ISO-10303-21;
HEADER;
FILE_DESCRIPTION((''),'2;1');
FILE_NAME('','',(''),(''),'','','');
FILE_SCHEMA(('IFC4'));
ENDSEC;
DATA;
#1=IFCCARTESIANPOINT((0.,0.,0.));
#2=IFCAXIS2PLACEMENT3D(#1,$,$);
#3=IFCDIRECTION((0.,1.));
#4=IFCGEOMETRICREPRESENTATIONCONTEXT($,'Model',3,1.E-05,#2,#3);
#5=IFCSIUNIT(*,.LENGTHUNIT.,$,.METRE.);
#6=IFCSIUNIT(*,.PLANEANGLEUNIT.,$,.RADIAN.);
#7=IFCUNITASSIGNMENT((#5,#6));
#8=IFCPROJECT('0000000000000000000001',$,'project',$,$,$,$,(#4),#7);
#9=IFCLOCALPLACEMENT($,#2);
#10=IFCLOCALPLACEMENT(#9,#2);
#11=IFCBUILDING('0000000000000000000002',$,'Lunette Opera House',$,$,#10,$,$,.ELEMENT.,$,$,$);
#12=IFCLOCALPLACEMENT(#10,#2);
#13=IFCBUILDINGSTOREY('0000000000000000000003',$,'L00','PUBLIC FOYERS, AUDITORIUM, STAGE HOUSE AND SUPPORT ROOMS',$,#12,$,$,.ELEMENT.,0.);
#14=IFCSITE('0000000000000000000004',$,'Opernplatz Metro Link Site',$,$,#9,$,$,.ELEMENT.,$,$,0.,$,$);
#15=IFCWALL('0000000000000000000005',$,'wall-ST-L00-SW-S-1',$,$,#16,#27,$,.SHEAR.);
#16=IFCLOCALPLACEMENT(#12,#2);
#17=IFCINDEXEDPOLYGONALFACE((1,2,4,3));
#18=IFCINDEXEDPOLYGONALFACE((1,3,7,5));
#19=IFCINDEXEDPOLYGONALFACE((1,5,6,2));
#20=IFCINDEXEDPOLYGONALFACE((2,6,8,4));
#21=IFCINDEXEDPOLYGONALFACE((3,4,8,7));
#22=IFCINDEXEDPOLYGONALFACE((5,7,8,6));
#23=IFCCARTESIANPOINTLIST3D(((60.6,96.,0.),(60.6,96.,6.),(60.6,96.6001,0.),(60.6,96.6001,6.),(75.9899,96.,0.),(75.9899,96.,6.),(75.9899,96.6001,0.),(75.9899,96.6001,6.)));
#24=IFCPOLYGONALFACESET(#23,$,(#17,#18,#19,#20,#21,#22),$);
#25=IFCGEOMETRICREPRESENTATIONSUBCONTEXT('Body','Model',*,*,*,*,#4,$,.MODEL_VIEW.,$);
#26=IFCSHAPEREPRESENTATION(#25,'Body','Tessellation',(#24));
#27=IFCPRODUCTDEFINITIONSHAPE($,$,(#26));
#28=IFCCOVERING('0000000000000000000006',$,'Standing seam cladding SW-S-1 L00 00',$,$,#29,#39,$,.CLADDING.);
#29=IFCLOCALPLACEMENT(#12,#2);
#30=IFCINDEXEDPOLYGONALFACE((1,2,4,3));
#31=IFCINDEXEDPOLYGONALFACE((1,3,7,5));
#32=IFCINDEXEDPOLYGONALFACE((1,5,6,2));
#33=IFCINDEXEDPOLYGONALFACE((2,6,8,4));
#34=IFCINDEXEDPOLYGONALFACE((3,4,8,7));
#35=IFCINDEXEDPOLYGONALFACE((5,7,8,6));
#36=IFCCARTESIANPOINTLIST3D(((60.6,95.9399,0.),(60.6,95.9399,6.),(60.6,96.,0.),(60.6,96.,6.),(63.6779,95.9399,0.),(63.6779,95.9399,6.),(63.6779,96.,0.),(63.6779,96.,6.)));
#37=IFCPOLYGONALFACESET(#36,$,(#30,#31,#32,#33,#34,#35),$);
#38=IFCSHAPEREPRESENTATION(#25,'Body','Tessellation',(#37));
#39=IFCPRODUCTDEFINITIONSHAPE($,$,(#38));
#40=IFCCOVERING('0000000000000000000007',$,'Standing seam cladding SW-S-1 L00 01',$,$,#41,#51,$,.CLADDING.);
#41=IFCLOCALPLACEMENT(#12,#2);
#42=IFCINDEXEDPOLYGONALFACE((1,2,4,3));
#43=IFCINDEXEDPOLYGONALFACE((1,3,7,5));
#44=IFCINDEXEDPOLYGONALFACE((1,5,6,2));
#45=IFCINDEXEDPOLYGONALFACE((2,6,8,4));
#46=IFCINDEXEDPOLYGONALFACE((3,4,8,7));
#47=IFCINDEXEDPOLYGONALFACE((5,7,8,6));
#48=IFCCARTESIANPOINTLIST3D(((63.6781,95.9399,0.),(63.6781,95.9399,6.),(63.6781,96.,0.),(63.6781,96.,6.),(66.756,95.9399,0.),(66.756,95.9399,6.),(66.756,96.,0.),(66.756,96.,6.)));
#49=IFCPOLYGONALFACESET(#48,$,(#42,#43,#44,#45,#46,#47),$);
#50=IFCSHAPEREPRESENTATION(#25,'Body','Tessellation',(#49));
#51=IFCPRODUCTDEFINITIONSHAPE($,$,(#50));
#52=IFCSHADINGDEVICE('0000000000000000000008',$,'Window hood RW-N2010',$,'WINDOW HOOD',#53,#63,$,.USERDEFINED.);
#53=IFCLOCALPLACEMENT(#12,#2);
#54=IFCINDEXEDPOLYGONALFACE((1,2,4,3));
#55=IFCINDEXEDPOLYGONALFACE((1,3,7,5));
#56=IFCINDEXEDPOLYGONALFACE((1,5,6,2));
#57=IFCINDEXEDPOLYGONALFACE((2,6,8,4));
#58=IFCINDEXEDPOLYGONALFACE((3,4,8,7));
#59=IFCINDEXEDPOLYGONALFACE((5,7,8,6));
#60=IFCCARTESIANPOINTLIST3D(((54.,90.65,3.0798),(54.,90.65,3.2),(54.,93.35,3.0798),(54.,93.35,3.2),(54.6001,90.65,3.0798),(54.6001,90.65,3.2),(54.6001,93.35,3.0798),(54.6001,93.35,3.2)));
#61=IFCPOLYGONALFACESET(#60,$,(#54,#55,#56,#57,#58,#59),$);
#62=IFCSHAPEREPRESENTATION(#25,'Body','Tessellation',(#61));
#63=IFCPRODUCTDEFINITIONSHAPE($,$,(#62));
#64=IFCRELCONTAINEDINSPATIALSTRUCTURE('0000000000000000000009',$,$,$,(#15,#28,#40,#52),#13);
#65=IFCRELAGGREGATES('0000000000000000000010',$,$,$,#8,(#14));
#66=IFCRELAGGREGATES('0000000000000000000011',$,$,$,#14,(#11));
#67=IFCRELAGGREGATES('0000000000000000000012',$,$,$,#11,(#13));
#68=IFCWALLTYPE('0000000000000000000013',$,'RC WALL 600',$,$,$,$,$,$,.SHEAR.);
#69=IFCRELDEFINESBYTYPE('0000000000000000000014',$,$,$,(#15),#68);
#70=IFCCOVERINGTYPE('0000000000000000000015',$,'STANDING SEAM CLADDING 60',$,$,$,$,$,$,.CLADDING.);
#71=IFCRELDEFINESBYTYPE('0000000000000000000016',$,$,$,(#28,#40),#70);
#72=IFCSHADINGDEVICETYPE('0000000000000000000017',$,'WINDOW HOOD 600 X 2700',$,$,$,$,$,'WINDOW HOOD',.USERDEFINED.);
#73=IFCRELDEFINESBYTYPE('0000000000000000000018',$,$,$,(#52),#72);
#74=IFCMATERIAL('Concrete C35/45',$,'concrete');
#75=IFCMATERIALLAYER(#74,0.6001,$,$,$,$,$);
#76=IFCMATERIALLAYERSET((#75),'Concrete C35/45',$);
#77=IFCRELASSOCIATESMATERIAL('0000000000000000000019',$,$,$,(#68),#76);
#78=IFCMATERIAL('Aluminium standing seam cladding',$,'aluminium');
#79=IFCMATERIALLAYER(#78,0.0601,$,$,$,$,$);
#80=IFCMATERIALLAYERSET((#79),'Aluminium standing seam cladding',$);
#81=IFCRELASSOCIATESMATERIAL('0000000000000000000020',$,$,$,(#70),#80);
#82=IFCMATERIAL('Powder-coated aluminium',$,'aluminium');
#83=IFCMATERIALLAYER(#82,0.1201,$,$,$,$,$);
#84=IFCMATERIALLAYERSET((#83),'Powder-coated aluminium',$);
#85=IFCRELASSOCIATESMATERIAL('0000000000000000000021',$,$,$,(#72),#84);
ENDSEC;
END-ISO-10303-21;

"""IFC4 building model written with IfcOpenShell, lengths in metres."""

from ifc_helpers import new_model, si_unit, direction, frame, frame_2d, origin, origin_2d, place, context, subcontext, project, spatial, rectangle, extrude, material, layer, layer_set, type_object, element, save


model = new_model("IFC4")

# Units and contexts
model_context = context("Model", 3, precision=1e-05, world=origin(), true_north=direction((0.0, 1.0)))
body_context = subcontext(model_context, "Body", "Model", "MODEL_VIEW")
ifc_project = project(units=[si_unit("LENGTHUNIT", "METRE"), si_unit("PLANEANGLEUNIT", "RADIAN")], contexts=[model_context])

# Site, building, storey
site_placement = place(None, origin())
site = spatial("IfcSite", under=ifc_project, at=site_placement, Name="Opernplatz Metro Link Site", CompositionType="ELEMENT", RefElevation=0.0)
building_placement = place(site_placement, origin())
building = spatial("IfcBuilding", under=site, at=building_placement, Name="Lunette Opera House", CompositionType="ELEMENT")
storey_placement = place(building_placement, origin())
storey = spatial("IfcBuildingStorey", under=building, at=storey_placement, Name="L00", Description="PUBLIC FOYERS, AUDITORIUM, STAGE HOUSE AND SUPPORT ROOMS", CompositionType="ELEMENT", Elevation=0.0)

# Shared definitions
ifc_material_1 = material(Name="Concrete C35/45", Category="concrete")
ifc_layer_1 = layer(ifc_material_1, 0.6001)
ifc_layer_set_1 = layer_set([ifc_layer_1], Name="Concrete C35/45")
wall_type_1 = type_object("IfcWallType", Name="RC WALL 600", PredefinedType="SHEAR", material=ifc_layer_set_1)

# Wall
wall_1_placement = place(storey_placement, frame((60.6001, 96.3, 0.0), z_axis=(0.0, 0.0, 1.0), x_axis=(1.0, 0.0, 0.0)))
element("IfcWall", 1, at=wall_1_placement, inside=storey, type_object=wall_type_1, Name="wall-ST-L00-SW-S-1", PredefinedType="SHEAR", context=body_context, shape_type="SweptSolid", body=[
    extrude(rectangle(XDim=15.3899, YDim=0.6001, at=frame_2d((7.6948, 0.0))), origin(), (0.0, 0.0, 1.0), 6.0),
])

# Coverings
ifc_material_2 = material(Name="Aluminium standing seam cladding", Category="aluminium")
ifc_layer_2 = layer(ifc_material_2, 0.0601)
ifc_layer_set_2 = layer_set([ifc_layer_2], Name="Aluminium standing seam cladding")
covering_type = type_object("IfcCoveringType", Name="STANDING SEAM CLADDING 60", PredefinedType="CLADDING", material=ifc_layer_set_2)
for number, where, z_axis, x_axis, name in (
    (2, (62.1389, 95.97, 0.0), (0.0, 0.0, 1.0), (1.0, 0.0, 0.0), "Standing seam cladding SW-S-1 L00 00"),
    (3, (65.217, 95.97, 0.0), (0.0, 0.0, 1.0), (1.0, 0.0, 0.0), "Standing seam cladding SW-S-1 L00 01"),
):
    element("IfcCovering", number, at=place(storey_placement, frame(where, z_axis=z_axis, x_axis=x_axis)), inside=storey, type_object=covering_type, Name=name, PredefinedType="CLADDING", context=body_context, shape_type="SweptSolid", body=[
        extrude(rectangle(XDim=3.0779, YDim=0.0601, at=origin_2d()), origin(), (0.0, 0.0, 1.0), 6.0),
    ])

# Shading device
ifc_material_3 = material(Name="Powder-coated aluminium", Category="aluminium")
ifc_layer_3 = layer(ifc_material_3, 0.1201)
ifc_layer_set_3 = layer_set([ifc_layer_3], Name="Powder-coated aluminium")
shading_device_type = type_object("IfcShadingDeviceType", Name="WINDOW HOOD 600 X 2700", ElementType="WINDOW HOOD", PredefinedType="USERDEFINED", material=ifc_layer_set_3)
shading_device_placement = place(storey_placement, frame((54.3, 92.0, 3.0798), z_axis=(0.0, 0.0, 1.0), x_axis=(1.0, 0.0, 0.0)))
element("IfcShadingDevice", 4, at=shading_device_placement, inside=storey, type_object=shading_device_type, Name="Window hood RW-N2010", ObjectType="WINDOW HOOD", PredefinedType="USERDEFINED", context=body_context, shape_type="SweptSolid", body=[
    extrude(rectangle(XDim=0.6001, YDim=2.7, at=origin_2d()), origin(), (0.0, 0.0, 1.0), 0.1201),
])

save(model, "model.ifc")
